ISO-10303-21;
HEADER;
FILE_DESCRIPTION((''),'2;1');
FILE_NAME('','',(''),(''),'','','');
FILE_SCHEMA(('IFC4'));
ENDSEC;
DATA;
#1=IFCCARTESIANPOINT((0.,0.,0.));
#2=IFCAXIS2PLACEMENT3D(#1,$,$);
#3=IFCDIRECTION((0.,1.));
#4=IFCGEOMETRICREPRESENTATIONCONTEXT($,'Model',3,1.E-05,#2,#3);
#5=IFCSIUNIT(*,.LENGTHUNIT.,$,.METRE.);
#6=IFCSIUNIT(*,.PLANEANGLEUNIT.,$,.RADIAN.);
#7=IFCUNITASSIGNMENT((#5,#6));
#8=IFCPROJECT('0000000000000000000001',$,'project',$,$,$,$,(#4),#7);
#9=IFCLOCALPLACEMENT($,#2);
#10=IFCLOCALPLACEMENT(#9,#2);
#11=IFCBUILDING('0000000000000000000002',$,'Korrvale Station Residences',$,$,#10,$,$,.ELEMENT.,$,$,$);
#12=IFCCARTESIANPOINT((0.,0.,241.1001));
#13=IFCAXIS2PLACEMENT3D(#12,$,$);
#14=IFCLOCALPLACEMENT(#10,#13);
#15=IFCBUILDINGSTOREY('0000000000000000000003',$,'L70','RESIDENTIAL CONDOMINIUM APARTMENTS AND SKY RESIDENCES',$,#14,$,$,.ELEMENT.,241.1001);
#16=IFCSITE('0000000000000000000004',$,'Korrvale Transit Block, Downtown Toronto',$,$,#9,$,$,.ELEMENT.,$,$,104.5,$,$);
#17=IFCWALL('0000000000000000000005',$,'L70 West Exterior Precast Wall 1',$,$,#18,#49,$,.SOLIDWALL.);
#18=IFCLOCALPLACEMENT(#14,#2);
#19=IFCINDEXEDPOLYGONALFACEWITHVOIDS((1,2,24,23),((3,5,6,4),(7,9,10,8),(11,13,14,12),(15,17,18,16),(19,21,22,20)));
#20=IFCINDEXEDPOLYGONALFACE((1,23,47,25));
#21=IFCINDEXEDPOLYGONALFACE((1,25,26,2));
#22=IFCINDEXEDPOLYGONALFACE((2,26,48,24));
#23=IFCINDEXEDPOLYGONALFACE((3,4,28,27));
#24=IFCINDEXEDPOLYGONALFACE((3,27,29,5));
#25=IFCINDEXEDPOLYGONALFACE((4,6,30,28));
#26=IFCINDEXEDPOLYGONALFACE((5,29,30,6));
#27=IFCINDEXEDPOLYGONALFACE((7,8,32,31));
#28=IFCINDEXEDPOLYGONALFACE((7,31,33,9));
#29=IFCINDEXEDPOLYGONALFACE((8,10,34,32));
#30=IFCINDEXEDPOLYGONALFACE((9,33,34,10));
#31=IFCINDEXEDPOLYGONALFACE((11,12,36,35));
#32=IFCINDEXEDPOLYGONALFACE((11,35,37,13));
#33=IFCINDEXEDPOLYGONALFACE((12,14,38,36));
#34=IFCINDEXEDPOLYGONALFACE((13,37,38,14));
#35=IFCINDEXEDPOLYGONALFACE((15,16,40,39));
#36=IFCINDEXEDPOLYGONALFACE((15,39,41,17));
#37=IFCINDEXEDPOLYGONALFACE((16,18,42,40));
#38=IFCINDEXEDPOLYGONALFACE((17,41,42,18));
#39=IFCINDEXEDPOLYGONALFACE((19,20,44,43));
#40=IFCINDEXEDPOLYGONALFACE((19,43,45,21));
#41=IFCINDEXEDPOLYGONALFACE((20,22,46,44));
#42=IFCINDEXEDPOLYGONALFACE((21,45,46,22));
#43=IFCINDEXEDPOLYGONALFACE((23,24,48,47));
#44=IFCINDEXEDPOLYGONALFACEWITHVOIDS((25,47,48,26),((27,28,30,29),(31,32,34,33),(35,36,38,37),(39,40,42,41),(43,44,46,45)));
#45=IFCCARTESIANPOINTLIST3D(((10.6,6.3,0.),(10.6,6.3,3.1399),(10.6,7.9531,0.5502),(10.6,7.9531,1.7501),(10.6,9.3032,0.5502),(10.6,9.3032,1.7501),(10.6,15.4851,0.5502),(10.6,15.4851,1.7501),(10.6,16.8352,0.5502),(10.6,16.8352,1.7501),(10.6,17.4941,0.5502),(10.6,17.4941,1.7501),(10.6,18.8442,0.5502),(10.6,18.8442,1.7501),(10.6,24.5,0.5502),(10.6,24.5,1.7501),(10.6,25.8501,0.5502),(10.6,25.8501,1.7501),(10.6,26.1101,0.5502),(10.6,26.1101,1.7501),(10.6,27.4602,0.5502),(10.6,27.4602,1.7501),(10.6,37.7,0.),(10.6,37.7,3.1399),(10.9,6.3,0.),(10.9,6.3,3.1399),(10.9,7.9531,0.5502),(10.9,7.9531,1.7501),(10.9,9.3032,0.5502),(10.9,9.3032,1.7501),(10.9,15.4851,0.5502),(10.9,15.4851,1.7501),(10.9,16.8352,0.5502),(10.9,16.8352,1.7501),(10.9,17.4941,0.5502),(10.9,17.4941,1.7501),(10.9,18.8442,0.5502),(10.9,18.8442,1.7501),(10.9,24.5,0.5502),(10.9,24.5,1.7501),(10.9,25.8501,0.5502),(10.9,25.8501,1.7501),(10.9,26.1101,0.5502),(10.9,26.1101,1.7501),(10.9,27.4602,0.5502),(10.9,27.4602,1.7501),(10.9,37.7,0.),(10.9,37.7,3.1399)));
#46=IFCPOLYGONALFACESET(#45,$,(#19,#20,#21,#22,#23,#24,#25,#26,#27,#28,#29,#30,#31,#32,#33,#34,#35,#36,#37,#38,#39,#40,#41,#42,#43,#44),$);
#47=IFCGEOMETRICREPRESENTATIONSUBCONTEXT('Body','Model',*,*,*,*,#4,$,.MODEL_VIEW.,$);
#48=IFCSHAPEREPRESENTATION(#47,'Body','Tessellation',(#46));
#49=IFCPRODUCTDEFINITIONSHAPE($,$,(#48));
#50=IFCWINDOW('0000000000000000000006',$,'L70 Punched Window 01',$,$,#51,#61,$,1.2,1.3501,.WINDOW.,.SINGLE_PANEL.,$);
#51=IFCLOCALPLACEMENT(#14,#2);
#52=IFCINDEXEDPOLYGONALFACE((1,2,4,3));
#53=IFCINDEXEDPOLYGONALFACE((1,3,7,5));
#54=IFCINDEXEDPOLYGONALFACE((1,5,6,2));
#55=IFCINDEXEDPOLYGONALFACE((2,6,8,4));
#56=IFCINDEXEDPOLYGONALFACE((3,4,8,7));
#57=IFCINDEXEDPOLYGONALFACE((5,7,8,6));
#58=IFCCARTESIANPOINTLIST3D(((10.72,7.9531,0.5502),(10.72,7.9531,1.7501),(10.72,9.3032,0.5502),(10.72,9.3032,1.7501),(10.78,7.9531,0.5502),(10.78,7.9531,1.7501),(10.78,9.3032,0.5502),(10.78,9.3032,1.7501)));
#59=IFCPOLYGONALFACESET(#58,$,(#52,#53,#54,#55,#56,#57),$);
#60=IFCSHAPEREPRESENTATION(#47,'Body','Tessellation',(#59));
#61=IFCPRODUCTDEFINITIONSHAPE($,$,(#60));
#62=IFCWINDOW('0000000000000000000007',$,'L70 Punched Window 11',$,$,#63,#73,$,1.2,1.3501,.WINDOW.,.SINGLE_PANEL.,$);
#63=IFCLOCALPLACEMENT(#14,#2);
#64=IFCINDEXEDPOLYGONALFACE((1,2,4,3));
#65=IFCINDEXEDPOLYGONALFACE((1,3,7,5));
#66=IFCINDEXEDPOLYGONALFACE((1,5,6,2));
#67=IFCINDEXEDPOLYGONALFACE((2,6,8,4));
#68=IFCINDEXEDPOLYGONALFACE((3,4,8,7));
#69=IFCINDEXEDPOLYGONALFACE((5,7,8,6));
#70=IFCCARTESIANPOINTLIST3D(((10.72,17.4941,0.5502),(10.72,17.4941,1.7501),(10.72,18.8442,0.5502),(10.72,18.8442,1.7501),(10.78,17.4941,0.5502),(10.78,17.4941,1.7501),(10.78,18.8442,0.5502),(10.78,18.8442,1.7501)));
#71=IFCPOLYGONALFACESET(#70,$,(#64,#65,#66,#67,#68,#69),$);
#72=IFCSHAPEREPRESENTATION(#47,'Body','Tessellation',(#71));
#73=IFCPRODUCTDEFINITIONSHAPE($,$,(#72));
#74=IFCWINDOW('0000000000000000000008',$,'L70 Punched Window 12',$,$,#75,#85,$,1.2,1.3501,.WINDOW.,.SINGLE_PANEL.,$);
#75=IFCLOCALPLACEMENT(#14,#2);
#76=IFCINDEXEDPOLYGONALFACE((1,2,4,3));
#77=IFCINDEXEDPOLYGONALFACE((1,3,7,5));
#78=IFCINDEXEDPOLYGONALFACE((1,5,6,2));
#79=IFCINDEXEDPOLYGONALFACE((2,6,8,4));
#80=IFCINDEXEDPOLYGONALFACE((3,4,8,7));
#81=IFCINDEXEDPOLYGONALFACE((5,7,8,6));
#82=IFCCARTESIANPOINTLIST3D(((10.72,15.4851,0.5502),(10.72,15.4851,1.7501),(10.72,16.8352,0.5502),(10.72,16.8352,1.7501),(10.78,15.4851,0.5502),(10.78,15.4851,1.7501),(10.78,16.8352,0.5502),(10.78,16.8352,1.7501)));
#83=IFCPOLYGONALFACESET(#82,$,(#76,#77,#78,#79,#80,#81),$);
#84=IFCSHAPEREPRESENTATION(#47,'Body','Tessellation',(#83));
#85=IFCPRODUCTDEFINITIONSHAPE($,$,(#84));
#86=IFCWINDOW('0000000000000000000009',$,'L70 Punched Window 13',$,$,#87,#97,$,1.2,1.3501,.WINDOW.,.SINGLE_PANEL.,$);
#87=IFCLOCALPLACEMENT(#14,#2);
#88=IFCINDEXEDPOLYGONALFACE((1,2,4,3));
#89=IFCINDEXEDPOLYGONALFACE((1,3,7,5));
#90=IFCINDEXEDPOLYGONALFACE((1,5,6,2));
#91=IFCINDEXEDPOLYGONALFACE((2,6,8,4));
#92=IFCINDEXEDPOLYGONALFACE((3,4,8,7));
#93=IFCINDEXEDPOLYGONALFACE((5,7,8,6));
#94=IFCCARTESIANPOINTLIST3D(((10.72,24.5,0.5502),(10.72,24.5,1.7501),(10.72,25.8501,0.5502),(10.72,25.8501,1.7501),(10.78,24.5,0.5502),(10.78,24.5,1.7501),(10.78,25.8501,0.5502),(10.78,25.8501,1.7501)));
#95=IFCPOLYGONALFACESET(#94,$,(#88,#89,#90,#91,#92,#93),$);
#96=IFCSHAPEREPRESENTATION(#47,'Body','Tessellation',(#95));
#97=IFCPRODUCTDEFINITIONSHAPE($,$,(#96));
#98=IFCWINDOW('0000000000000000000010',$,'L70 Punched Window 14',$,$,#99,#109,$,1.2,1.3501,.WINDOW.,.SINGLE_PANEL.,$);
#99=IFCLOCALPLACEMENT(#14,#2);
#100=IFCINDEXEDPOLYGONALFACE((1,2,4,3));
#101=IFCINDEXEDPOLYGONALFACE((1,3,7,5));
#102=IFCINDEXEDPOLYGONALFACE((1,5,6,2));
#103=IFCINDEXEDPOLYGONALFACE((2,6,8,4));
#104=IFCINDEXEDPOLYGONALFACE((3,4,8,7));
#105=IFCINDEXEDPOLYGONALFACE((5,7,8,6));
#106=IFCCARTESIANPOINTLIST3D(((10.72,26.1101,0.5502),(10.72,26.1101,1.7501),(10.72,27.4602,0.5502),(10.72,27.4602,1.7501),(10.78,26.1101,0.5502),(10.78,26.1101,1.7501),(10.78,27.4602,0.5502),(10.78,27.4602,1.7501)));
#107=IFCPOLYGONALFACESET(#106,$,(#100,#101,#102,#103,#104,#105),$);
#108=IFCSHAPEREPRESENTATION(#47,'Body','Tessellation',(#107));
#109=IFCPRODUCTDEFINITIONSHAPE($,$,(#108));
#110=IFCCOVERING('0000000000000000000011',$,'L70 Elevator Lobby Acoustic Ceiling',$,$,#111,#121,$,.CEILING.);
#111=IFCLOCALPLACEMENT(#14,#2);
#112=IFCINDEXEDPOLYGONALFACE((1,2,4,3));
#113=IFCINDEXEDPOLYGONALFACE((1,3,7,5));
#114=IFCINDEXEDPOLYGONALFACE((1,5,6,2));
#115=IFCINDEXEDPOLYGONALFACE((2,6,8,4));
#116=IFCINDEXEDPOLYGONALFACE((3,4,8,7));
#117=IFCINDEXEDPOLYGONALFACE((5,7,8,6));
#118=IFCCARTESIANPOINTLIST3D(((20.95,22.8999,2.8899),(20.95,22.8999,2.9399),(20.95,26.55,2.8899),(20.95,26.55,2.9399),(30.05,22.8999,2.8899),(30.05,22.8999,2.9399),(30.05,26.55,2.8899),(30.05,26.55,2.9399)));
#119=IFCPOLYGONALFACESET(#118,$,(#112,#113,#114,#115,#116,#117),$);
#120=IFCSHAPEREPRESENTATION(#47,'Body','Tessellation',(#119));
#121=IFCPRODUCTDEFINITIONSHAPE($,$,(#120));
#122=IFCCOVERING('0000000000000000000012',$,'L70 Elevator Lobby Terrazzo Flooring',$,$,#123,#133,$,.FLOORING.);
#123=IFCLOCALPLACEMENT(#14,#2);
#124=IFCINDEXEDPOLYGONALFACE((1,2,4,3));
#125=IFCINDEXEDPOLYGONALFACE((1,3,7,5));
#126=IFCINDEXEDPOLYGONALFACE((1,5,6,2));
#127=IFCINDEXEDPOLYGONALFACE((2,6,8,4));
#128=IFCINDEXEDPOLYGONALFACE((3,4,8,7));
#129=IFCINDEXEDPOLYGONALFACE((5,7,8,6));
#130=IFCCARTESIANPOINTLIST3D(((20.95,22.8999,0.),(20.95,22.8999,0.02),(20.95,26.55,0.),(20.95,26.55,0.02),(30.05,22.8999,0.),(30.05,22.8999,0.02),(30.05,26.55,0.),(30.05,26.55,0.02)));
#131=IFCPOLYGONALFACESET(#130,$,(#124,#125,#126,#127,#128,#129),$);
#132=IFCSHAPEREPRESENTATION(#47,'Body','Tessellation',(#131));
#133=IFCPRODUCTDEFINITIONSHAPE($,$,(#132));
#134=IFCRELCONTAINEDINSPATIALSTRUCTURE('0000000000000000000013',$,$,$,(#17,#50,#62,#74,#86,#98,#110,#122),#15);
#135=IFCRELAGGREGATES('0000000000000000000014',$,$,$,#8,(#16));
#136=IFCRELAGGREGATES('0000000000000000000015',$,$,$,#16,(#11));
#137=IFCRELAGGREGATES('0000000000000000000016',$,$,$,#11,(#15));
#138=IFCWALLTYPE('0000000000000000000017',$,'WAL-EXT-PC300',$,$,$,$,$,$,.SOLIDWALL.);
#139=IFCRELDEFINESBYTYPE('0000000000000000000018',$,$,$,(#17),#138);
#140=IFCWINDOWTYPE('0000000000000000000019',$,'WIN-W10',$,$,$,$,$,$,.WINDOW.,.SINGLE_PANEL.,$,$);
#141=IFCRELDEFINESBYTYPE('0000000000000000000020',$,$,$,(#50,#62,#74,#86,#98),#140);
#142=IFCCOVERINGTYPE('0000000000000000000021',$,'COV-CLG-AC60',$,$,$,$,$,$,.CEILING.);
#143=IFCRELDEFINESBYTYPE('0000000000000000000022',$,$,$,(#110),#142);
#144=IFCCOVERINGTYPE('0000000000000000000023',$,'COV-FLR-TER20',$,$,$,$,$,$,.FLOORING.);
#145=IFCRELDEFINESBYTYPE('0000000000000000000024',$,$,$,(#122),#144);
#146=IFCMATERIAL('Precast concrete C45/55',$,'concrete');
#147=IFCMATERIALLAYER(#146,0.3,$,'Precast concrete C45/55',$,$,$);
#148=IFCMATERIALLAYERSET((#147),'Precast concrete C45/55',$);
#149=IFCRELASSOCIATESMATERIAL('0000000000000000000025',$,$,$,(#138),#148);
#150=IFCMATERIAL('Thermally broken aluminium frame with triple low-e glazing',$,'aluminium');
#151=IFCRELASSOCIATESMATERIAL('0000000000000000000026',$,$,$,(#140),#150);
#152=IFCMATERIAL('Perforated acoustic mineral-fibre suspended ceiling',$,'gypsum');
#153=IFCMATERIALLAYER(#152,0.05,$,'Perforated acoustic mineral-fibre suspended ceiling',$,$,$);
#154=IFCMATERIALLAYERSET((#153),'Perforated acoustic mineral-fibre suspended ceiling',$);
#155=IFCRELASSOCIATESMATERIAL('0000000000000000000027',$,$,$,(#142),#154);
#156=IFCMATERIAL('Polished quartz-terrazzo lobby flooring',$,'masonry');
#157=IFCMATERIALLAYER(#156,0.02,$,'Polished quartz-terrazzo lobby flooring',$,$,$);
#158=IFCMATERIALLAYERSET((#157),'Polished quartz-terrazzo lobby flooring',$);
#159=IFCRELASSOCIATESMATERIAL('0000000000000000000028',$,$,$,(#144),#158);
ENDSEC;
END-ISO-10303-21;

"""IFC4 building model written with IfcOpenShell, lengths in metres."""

from ifc_helpers import new_model, si_unit, direction, frame, frame_2d, origin, place, context, subcontext, project, spatial, polyline, rectangle, outline, extrude, material, layer, layer_set, type_object, element, fill, save


model = new_model("IFC4")

# Units and contexts
model_context = context("Model", 3, precision=1e-05, world=origin(), true_north=direction((0.0, 1.0)))
body_context = subcontext(model_context, "Body", "Model", "MODEL_VIEW")
ifc_project = project(units=[si_unit("LENGTHUNIT", "METRE"), si_unit("PLANEANGLEUNIT", "RADIAN")], contexts=[model_context])

# Site, building, storey
site_placement = place(None, origin())
site = spatial("IfcSite", under=ifc_project, at=site_placement, Name="Korrvale Transit Block, Downtown Toronto", CompositionType="ELEMENT", RefElevation=104.5)
building_placement = place(site_placement, origin())
building = spatial("IfcBuilding", under=site, at=building_placement, Name="Korrvale Station Residences", CompositionType="ELEMENT")
storey_placement = place(building_placement, frame((0.0, 0.0, 241.1001)))
storey = spatial("IfcBuildingStorey", under=building, at=storey_placement, Name="L70", Description="RESIDENTIAL CONDOMINIUM APARTMENTS AND SKY RESIDENCES", CompositionType="ELEMENT", Elevation=241.1001)

# Shared definitions
ifc_material_1 = material(Name="Precast concrete C45/55", Category="concrete")
ifc_layer_1 = layer(ifc_material_1, 0.3, Name="Precast concrete C45/55")
ifc_layer_set_1 = layer_set([ifc_layer_1], Name="Precast concrete C45/55")
wall_type_1 = type_object("IfcWallType", Name="WAL-EXT-PC300", PredefinedType="SOLIDWALL", material=ifc_layer_set_1)

# Wall, openings, windows
wall_1_placement = place(storey_placement, frame((10.75, 6.3, 0.0), z_axis=(0.0, 0.0, 1.0), x_axis=(0.0, 1.0, 0.0)))
wall_1 = element("IfcWall", 1, at=wall_1_placement, inside=storey, type_object=wall_type_1, Name="L70 West Exterior Precast Wall 1", PredefinedType="SOLIDWALL", context=body_context, shape_type="SweptSolid", body=[
    extrude(rectangle(XDim=31.3999, YDim=0.3, at=frame_2d((15.7, 0.0))), origin(), (0.0, 0.0, 1.0), 3.1399),
])
opening_1_placement = place(wall_1_placement, frame((1.6531, 0.0, 0.55)))
opening_1 = element("IfcOpeningElement", 2, at=opening_1_placement, cuts=wall_1, PredefinedType="OPENING", context=body_context, shape_type="SweptSolid", body=[
    extrude(rectangle(XDim=1.3501, YDim=1.2, at=frame_2d((0.675, 0.6001))), frame((0.0, 0.1602, 0.0), z_axis=(0.0, -1.0, 0.0), x_axis=(1.0, 0.0, 0.0)), (0.0, 0.0, 1.0), 0.3201),
])
opening_2_placement = place(wall_1_placement, frame((11.1941, 0.0, 0.55)))
opening_2 = element("IfcOpeningElement", 3, at=opening_2_placement, cuts=wall_1, PredefinedType="OPENING", context=body_context, shape_type="SweptSolid", body=[
    extrude(rectangle(XDim=1.3501, YDim=1.2, at=frame_2d((0.675, 0.6001))), frame((0.0, 0.1602, 0.0), z_axis=(0.0, -1.0, 0.0), x_axis=(1.0, 0.0, 0.0)), (0.0, 0.0, 1.0), 0.3201),
])
opening_3_placement = place(wall_1_placement, frame((9.1851, 0.0, 0.55)))
opening_3 = element("IfcOpeningElement", 4, at=opening_3_placement, cuts=wall_1, PredefinedType="OPENING", context=body_context, shape_type="SweptSolid", body=[
    extrude(rectangle(XDim=1.3501, YDim=1.2, at=frame_2d((0.675, 0.6001))), frame((0.0, 0.1602, 0.0), z_axis=(0.0, -1.0, 0.0), x_axis=(1.0, 0.0, 0.0)), (0.0, 0.0, 1.0), 0.3201),
])
opening_4_placement = place(wall_1_placement, frame((18.2, 0.0, 0.55)))
opening_4 = element("IfcOpeningElement", 5, at=opening_4_placement, cuts=wall_1, PredefinedType="OPENING", context=body_context, shape_type="SweptSolid", body=[
    extrude(rectangle(XDim=1.3501, YDim=1.2, at=frame_2d((0.675, 0.6001))), frame((0.0, 0.1602, 0.0), z_axis=(0.0, -1.0, 0.0), x_axis=(1.0, 0.0, 0.0)), (0.0, 0.0, 1.0), 0.3201),
])
opening_5_placement = place(wall_1_placement, frame((19.8101, 0.0, 0.55)))
opening_5 = element("IfcOpeningElement", 6, at=opening_5_placement, cuts=wall_1, PredefinedType="OPENING", context=body_context, shape_type="SweptSolid", body=[
    extrude(rectangle(XDim=1.3501, YDim=1.2, at=frame_2d((0.675, 0.6001))), frame((0.0, 0.1602, 0.0), z_axis=(0.0, -1.0, 0.0), x_axis=(1.0, 0.0, 0.0)), (0.0, 0.0, 1.0), 0.3201),
])
ifc_material_2 = material(Name="Thermally broken aluminium frame with triple low-e glazing", Category="aluminium")
window_type = type_object("IfcWindowType", Name="WIN-W10", PartitioningType="SINGLE_PANEL", PredefinedType="WINDOW", material=ifc_material_2)
window_1_placement = place(opening_1_placement, origin())
window_1 = element("IfcWindow", 7, at=window_1_placement, inside=storey, type_object=window_type, Name="L70 Punched Window 01", OverallHeight=1.2, OverallWidth=1.3501, PartitioningType="SINGLE_PANEL", PredefinedType="WINDOW", context=body_context, shape_type="SweptSolid", body=[
    extrude(rectangle(XDim=1.3501, YDim=1.2, at=frame_2d((0.675, 0.6001))), frame((0.0, 0.03, 0.0), z_axis=(0.0, -1.0, 0.0), x_axis=(1.0, 0.0, 0.0)), (0.0, 0.0, 1.0), 0.0601),
])
fill(opening_1, window_1)
window_2_placement = place(opening_2_placement, origin())
window_2 = element("IfcWindow", 8, at=window_2_placement, inside=storey, type_object=window_type, Name="L70 Punched Window 11", OverallHeight=1.2, OverallWidth=1.3501, PartitioningType="SINGLE_PANEL", PredefinedType="WINDOW", context=body_context, shape_type="SweptSolid", body=[
    extrude(rectangle(XDim=1.3501, YDim=1.2, at=frame_2d((0.675, 0.6001))), frame((0.0, 0.03, 0.0), z_axis=(0.0, -1.0, 0.0), x_axis=(1.0, 0.0, 0.0)), (0.0, 0.0, 1.0), 0.0601),
])
fill(opening_2, window_2)
window_3_placement = place(opening_3_placement, origin())
window_3 = element("IfcWindow", 9, at=window_3_placement, inside=storey, type_object=window_type, Name="L70 Punched Window 12", OverallHeight=1.2, OverallWidth=1.3501, PartitioningType="SINGLE_PANEL", PredefinedType="WINDOW", context=body_context, shape_type="SweptSolid", body=[
    extrude(rectangle(XDim=1.3501, YDim=1.2, at=frame_2d((0.675, 0.6001))), frame((0.0, 0.03, 0.0), z_axis=(0.0, -1.0, 0.0), x_axis=(1.0, 0.0, 0.0)), (0.0, 0.0, 1.0), 0.0601),
])
fill(opening_3, window_3)
window_4_placement = place(opening_4_placement, origin())
window_4 = element("IfcWindow", 10, at=window_4_placement, inside=storey, type_object=window_type, Name="L70 Punched Window 13", OverallHeight=1.2, OverallWidth=1.3501, PartitioningType="SINGLE_PANEL", PredefinedType="WINDOW", context=body_context, shape_type="SweptSolid", body=[
    extrude(rectangle(XDim=1.3501, YDim=1.2, at=frame_2d((0.675, 0.6001))), frame((0.0, 0.03, 0.0), z_axis=(0.0, -1.0, 0.0), x_axis=(1.0, 0.0, 0.0)), (0.0, 0.0, 1.0), 0.0601),
])
fill(opening_4, window_4)
window_5_placement = place(opening_5_placement, origin())
window_5 = element("IfcWindow", 11, at=window_5_placement, inside=storey, type_object=window_type, Name="L70 Punched Window 14", OverallHeight=1.2, OverallWidth=1.3501, PartitioningType="SINGLE_PANEL", PredefinedType="WINDOW", context=body_context, shape_type="SweptSolid", body=[
    extrude(rectangle(XDim=1.3501, YDim=1.2, at=frame_2d((0.675, 0.6001))), frame((0.0, 0.03, 0.0), z_axis=(0.0, -1.0, 0.0), x_axis=(1.0, 0.0, 0.0)), (0.0, 0.0, 1.0), 0.0601),
])
fill(opening_5, window_5)

# Coverings
ifc_material_3 = material(Name="Perforated acoustic mineral-fibre suspended ceiling", Category="gypsum")
ifc_layer_2 = layer(ifc_material_3, 0.05, Name="Perforated acoustic mineral-fibre suspended ceiling")
ifc_layer_set_2 = layer_set([ifc_layer_2], Name="Perforated acoustic mineral-fibre suspended ceiling")
covering_type_1 = type_object("IfcCoveringType", Name="COV-CLG-AC60", PredefinedType="CEILING", material=ifc_layer_set_2)
covering_1_placement = place(storey_placement, frame((0.0, 0.0, 2.8899)))
element("IfcCovering", 12, at=covering_1_placement, inside=storey, type_object=covering_type_1, Name="L70 Elevator Lobby Acoustic Ceiling", PredefinedType="CEILING", context=body_context, shape_type="SweptSolid", body=[
    extrude(outline(polyline([(20.95, 22.8999), (30.05, 22.8999), (30.05, 26.55), (20.95, 26.55), (20.95, 22.8999)])), origin(), (0.0, 0.0, 1.0), 0.05),
])
ifc_material_4 = material(Name="Polished quartz-terrazzo lobby flooring", Category="masonry")
ifc_layer_3 = layer(ifc_material_4, 0.02, Name="Polished quartz-terrazzo lobby flooring")
ifc_layer_set_3 = layer_set([ifc_layer_3], Name="Polished quartz-terrazzo lobby flooring")
covering_type_2 = type_object("IfcCoveringType", Name="COV-FLR-TER20", PredefinedType="FLOORING", material=ifc_layer_set_3)
covering_2_placement = place(storey_placement, origin())
element("IfcCovering", 13, at=covering_2_placement, inside=storey, type_object=covering_type_2, Name="L70 Elevator Lobby Terrazzo Flooring", PredefinedType="FLOORING", context=body_context, shape_type="SweptSolid", body=[
    extrude(outline(polyline([(20.95, 22.8999), (30.05, 22.8999), (30.05, 26.55), (20.95, 26.55), (20.95, 22.8999)])), origin(), (0.0, 0.0, 1.0), 0.02),
])

save(model, "model.ifc")
